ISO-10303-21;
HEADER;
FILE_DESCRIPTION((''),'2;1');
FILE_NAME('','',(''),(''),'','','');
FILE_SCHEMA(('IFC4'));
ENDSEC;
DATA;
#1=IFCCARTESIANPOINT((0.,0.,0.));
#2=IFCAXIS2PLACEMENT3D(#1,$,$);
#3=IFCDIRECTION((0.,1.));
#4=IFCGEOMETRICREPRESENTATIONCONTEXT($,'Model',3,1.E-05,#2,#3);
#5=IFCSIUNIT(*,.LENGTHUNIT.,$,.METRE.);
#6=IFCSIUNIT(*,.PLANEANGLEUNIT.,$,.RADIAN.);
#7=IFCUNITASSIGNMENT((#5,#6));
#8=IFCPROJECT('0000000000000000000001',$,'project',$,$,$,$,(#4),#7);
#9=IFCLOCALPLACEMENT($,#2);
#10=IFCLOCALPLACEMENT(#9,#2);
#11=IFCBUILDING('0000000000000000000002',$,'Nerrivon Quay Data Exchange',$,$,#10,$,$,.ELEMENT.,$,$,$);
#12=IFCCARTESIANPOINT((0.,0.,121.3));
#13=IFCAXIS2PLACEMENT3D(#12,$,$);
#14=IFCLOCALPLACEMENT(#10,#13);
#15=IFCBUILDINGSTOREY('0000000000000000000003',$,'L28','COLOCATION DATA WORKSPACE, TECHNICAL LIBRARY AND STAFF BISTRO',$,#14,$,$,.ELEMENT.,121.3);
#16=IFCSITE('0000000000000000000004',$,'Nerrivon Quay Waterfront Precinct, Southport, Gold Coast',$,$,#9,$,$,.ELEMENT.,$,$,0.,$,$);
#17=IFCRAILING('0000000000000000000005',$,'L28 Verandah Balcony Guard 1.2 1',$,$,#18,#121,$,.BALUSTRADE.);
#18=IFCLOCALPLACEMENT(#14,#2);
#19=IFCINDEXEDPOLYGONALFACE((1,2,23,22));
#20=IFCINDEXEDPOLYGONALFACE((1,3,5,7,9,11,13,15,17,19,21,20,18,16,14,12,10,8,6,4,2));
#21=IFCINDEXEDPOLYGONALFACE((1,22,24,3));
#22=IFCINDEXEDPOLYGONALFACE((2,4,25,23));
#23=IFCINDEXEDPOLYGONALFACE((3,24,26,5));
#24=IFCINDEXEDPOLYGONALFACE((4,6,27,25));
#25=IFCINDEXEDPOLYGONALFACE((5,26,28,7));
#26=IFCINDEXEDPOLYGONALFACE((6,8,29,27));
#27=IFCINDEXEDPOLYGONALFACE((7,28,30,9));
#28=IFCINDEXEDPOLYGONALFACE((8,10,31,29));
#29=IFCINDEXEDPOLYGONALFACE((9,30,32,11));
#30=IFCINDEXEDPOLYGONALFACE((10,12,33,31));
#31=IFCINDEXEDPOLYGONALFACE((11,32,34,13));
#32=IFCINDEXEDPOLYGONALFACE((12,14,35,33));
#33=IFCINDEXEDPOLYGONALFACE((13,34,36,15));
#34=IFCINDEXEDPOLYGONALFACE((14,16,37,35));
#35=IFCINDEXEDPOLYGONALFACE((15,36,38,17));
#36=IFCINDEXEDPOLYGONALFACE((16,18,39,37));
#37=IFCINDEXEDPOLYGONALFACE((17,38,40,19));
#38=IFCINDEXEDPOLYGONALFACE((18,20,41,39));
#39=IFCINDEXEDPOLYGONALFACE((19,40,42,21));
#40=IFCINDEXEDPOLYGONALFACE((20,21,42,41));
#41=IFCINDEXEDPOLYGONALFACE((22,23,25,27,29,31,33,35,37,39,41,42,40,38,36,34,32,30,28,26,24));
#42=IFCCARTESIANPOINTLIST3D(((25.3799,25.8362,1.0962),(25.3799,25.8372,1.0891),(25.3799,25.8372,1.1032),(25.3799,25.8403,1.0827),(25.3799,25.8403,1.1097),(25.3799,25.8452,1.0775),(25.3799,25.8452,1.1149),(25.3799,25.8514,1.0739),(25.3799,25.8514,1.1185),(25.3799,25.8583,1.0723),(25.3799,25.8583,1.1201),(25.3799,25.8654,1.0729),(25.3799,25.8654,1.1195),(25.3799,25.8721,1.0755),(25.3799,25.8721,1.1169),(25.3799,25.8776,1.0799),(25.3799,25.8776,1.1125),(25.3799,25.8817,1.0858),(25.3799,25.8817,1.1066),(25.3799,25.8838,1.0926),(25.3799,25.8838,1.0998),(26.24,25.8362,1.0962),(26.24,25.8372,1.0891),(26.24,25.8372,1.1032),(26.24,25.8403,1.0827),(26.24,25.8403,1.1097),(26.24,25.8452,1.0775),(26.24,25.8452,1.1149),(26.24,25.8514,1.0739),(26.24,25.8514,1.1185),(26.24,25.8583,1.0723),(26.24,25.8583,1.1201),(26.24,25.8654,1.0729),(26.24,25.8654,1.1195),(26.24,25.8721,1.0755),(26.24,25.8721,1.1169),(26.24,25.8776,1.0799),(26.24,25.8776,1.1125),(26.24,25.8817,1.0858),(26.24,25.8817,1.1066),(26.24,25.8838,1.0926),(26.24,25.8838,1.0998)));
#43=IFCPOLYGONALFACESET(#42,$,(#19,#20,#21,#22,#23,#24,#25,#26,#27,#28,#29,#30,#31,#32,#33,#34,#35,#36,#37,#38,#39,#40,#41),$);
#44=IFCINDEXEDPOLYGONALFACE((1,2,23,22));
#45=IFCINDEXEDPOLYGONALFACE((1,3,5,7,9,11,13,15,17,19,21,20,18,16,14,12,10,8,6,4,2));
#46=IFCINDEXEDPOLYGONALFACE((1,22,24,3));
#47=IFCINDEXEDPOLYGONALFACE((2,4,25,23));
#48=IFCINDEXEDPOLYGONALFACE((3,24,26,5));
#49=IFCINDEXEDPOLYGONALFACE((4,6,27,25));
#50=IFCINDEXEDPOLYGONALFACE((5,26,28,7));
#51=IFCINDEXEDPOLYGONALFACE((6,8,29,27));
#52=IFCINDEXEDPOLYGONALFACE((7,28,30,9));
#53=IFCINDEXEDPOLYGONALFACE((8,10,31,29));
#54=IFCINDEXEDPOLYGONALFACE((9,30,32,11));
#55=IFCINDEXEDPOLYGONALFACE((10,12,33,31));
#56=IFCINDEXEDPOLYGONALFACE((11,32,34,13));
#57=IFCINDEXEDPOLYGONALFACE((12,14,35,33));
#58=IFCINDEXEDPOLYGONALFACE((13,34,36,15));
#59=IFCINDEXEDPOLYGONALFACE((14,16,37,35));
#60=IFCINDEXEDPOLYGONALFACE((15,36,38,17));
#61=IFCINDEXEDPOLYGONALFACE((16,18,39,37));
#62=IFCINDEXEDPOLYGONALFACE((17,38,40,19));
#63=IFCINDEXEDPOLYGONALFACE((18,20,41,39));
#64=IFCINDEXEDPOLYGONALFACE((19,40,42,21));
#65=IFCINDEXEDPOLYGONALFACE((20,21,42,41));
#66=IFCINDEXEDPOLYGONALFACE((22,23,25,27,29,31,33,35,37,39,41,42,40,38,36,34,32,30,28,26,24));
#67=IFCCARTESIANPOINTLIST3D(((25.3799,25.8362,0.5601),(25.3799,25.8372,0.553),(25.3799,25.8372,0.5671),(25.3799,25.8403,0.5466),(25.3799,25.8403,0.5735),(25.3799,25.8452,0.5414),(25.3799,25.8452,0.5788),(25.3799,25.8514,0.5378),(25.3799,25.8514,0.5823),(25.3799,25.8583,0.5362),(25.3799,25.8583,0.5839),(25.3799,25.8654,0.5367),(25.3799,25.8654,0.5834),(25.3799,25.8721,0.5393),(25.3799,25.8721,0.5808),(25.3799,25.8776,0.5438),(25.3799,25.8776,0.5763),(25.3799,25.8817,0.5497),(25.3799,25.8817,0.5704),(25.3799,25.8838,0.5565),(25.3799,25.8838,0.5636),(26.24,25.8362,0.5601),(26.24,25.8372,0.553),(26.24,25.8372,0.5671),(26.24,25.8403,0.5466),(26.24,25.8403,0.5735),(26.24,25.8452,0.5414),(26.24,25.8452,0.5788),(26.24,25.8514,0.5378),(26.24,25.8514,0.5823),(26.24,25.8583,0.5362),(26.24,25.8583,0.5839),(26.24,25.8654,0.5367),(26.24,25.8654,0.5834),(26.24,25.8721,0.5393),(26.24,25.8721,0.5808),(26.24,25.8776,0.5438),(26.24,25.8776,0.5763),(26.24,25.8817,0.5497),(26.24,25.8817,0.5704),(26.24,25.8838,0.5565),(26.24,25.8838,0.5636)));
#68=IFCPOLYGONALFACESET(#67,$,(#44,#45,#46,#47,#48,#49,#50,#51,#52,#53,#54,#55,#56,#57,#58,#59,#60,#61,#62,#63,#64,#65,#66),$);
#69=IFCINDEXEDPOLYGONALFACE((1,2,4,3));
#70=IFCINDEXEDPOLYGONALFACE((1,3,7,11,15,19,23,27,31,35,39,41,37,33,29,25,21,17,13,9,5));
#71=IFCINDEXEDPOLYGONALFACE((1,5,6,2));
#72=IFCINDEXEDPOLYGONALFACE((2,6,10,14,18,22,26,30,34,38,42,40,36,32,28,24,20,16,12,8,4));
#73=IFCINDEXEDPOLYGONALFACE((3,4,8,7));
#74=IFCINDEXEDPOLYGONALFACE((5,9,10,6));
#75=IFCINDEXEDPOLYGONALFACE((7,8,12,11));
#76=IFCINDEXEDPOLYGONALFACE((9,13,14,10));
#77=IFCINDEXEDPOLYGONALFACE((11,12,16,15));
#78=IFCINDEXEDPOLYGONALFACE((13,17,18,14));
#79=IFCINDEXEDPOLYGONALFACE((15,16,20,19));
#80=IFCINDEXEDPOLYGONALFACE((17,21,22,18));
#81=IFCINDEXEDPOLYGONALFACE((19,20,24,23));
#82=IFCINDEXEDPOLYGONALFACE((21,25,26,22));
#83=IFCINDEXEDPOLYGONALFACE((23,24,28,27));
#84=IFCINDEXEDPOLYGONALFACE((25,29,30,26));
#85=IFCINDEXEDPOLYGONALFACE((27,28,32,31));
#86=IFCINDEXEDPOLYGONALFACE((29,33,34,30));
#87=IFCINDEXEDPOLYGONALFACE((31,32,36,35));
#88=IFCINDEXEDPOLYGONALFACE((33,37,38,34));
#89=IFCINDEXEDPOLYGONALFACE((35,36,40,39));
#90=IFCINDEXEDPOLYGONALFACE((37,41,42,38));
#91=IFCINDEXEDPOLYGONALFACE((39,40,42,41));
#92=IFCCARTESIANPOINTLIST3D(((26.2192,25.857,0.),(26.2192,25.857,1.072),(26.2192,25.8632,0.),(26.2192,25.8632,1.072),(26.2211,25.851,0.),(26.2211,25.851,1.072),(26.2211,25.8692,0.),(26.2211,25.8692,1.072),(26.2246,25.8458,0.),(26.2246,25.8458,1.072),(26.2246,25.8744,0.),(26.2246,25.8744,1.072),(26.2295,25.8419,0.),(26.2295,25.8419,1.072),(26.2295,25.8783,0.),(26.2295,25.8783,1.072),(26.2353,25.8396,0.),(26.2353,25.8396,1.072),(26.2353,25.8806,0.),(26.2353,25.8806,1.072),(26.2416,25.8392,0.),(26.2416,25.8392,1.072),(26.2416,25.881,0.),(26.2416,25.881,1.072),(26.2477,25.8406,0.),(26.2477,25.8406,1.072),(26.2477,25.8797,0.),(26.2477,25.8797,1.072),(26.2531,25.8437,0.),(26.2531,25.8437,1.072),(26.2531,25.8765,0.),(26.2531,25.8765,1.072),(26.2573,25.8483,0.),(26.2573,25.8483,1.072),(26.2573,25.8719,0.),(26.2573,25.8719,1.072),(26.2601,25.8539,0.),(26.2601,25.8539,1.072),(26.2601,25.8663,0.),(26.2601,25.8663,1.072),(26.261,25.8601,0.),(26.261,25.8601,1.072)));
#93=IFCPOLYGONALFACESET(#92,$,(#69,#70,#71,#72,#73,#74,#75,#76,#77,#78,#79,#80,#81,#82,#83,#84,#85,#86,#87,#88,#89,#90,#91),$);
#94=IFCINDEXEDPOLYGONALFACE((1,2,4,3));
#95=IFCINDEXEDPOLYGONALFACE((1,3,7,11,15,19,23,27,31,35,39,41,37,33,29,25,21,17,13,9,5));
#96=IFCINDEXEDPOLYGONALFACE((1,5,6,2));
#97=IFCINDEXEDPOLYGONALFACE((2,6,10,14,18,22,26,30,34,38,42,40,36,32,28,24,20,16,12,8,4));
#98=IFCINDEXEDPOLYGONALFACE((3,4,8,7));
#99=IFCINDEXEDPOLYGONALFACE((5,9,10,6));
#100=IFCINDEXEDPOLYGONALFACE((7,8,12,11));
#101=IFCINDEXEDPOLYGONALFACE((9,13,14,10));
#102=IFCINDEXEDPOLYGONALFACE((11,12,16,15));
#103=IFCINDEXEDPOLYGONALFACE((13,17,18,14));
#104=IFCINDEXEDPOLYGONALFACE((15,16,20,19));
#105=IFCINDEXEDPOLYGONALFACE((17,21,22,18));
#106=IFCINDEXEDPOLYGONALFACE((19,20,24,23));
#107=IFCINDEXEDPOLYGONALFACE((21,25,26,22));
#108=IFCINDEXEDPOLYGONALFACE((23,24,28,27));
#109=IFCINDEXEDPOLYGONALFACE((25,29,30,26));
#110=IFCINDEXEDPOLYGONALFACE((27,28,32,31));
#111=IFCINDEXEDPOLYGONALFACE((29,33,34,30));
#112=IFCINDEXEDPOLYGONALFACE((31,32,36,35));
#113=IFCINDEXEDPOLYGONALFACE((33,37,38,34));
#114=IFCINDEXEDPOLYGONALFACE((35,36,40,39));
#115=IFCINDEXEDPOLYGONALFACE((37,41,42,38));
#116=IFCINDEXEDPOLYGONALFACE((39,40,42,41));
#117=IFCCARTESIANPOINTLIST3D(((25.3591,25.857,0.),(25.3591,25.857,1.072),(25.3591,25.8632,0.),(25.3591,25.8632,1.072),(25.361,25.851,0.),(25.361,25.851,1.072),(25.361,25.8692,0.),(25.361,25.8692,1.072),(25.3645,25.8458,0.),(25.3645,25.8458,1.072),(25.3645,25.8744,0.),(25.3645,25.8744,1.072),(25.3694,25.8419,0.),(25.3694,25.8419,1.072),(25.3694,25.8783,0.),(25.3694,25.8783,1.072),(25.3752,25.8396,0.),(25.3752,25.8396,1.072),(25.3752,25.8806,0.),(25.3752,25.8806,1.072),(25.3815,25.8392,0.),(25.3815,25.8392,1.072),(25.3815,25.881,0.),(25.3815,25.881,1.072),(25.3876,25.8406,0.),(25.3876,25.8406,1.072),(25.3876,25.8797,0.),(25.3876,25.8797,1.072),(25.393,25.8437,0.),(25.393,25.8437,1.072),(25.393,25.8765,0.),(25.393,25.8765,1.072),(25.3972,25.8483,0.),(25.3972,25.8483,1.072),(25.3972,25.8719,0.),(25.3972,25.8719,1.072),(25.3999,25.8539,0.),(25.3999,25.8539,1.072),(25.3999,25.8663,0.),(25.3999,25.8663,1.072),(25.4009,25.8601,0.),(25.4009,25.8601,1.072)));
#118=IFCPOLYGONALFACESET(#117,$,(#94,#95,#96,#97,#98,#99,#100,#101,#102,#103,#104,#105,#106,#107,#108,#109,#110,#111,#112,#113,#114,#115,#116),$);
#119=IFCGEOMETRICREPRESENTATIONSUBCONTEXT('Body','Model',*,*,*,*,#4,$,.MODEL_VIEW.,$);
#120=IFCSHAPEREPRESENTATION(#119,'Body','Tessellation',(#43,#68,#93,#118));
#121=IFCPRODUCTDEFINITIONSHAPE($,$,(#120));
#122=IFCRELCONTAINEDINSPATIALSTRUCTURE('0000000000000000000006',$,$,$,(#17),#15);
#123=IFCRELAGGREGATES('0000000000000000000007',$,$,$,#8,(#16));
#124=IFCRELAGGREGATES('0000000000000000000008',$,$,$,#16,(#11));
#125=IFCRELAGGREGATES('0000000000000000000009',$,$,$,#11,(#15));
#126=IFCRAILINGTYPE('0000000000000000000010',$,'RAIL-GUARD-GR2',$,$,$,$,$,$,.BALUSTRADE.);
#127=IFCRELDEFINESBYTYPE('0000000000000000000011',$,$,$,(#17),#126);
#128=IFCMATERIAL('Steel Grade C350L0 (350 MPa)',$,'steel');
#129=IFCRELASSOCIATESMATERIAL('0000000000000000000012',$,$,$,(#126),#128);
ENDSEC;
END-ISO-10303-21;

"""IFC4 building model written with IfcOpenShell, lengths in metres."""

from ifc_helpers import new_model, si_unit, direction, frame, origin, origin_2d, place, context, subcontext, project, spatial, circle, extrude, material, type_object, element, save


model = new_model("IFC4")

# Units and contexts
model_context = context("Model", 3, precision=1e-05, world=origin(), true_north=direction((0.0, 1.0)))
body_context = subcontext(model_context, "Body", "Model", "MODEL_VIEW")
ifc_project = project(units=[si_unit("LENGTHUNIT", "METRE"), si_unit("PLANEANGLEUNIT", "RADIAN")], contexts=[model_context])

# Site, building, storey
site_placement = place(None, origin())
site = spatial("IfcSite", under=ifc_project, at=site_placement, Name="Nerrivon Quay Waterfront Precinct, Southport, Gold Coast", CompositionType="ELEMENT", RefElevation=0.0)
building_placement = place(site_placement, origin())
building = spatial("IfcBuilding", under=site, at=building_placement, Name="Nerrivon Quay Data Exchange", CompositionType="ELEMENT")
storey_placement = place(building_placement, frame((0.0, 0.0, 121.3)))
storey = spatial("IfcBuildingStorey", under=building, at=storey_placement, Name="L28", Description="COLOCATION DATA WORKSPACE, TECHNICAL LIBRARY AND STAFF BISTRO", CompositionType="ELEMENT", Elevation=121.3)

# Railing
ifc_material_1 = material(Name="Steel Grade C350L0 (350 MPa)", Category="steel")
railing_type = type_object("IfcRailingType", Name="RAIL-GUARD-GR2", PredefinedType="BALUSTRADE", material=ifc_material_1)
railing_1_placement = place(storey_placement, frame((26.24, 25.8601, 0.0)))
element("IfcRailing", 1, at=railing_1_placement, inside=storey, type_object=railing_type, Name="L28 Verandah Balcony Guard 1.2 1", PredefinedType="BALUSTRADE", context=body_context, shape_type="SweptSolid", body=[
    extrude(circle(Radius=0.0239, at=origin_2d()), frame((0.0, 0.0, 1.0962), z_axis=(-1.0, 0.0, 0.0), x_axis=(0.0, -1.0, 0.0)), (0.0, 0.0, 1.0), 0.8601),
    extrude(circle(Radius=0.0239, at=origin_2d()), frame((0.0, 0.0, 0.5601), z_axis=(-1.0, 0.0, 0.0), x_axis=(0.0, -1.0, 0.0)), (0.0, 0.0, 1.0), 0.8601),
    extrude(circle(Radius=0.021, at=origin_2d()), origin(), (0.0, 0.0, 1.0), 1.072),
    extrude(circle(Radius=0.021, at=origin_2d()), frame((-0.8601, 0.0, 0.0)), (0.0, 0.0, 1.0), 1.072),
])

save(model, "model.ifc")
